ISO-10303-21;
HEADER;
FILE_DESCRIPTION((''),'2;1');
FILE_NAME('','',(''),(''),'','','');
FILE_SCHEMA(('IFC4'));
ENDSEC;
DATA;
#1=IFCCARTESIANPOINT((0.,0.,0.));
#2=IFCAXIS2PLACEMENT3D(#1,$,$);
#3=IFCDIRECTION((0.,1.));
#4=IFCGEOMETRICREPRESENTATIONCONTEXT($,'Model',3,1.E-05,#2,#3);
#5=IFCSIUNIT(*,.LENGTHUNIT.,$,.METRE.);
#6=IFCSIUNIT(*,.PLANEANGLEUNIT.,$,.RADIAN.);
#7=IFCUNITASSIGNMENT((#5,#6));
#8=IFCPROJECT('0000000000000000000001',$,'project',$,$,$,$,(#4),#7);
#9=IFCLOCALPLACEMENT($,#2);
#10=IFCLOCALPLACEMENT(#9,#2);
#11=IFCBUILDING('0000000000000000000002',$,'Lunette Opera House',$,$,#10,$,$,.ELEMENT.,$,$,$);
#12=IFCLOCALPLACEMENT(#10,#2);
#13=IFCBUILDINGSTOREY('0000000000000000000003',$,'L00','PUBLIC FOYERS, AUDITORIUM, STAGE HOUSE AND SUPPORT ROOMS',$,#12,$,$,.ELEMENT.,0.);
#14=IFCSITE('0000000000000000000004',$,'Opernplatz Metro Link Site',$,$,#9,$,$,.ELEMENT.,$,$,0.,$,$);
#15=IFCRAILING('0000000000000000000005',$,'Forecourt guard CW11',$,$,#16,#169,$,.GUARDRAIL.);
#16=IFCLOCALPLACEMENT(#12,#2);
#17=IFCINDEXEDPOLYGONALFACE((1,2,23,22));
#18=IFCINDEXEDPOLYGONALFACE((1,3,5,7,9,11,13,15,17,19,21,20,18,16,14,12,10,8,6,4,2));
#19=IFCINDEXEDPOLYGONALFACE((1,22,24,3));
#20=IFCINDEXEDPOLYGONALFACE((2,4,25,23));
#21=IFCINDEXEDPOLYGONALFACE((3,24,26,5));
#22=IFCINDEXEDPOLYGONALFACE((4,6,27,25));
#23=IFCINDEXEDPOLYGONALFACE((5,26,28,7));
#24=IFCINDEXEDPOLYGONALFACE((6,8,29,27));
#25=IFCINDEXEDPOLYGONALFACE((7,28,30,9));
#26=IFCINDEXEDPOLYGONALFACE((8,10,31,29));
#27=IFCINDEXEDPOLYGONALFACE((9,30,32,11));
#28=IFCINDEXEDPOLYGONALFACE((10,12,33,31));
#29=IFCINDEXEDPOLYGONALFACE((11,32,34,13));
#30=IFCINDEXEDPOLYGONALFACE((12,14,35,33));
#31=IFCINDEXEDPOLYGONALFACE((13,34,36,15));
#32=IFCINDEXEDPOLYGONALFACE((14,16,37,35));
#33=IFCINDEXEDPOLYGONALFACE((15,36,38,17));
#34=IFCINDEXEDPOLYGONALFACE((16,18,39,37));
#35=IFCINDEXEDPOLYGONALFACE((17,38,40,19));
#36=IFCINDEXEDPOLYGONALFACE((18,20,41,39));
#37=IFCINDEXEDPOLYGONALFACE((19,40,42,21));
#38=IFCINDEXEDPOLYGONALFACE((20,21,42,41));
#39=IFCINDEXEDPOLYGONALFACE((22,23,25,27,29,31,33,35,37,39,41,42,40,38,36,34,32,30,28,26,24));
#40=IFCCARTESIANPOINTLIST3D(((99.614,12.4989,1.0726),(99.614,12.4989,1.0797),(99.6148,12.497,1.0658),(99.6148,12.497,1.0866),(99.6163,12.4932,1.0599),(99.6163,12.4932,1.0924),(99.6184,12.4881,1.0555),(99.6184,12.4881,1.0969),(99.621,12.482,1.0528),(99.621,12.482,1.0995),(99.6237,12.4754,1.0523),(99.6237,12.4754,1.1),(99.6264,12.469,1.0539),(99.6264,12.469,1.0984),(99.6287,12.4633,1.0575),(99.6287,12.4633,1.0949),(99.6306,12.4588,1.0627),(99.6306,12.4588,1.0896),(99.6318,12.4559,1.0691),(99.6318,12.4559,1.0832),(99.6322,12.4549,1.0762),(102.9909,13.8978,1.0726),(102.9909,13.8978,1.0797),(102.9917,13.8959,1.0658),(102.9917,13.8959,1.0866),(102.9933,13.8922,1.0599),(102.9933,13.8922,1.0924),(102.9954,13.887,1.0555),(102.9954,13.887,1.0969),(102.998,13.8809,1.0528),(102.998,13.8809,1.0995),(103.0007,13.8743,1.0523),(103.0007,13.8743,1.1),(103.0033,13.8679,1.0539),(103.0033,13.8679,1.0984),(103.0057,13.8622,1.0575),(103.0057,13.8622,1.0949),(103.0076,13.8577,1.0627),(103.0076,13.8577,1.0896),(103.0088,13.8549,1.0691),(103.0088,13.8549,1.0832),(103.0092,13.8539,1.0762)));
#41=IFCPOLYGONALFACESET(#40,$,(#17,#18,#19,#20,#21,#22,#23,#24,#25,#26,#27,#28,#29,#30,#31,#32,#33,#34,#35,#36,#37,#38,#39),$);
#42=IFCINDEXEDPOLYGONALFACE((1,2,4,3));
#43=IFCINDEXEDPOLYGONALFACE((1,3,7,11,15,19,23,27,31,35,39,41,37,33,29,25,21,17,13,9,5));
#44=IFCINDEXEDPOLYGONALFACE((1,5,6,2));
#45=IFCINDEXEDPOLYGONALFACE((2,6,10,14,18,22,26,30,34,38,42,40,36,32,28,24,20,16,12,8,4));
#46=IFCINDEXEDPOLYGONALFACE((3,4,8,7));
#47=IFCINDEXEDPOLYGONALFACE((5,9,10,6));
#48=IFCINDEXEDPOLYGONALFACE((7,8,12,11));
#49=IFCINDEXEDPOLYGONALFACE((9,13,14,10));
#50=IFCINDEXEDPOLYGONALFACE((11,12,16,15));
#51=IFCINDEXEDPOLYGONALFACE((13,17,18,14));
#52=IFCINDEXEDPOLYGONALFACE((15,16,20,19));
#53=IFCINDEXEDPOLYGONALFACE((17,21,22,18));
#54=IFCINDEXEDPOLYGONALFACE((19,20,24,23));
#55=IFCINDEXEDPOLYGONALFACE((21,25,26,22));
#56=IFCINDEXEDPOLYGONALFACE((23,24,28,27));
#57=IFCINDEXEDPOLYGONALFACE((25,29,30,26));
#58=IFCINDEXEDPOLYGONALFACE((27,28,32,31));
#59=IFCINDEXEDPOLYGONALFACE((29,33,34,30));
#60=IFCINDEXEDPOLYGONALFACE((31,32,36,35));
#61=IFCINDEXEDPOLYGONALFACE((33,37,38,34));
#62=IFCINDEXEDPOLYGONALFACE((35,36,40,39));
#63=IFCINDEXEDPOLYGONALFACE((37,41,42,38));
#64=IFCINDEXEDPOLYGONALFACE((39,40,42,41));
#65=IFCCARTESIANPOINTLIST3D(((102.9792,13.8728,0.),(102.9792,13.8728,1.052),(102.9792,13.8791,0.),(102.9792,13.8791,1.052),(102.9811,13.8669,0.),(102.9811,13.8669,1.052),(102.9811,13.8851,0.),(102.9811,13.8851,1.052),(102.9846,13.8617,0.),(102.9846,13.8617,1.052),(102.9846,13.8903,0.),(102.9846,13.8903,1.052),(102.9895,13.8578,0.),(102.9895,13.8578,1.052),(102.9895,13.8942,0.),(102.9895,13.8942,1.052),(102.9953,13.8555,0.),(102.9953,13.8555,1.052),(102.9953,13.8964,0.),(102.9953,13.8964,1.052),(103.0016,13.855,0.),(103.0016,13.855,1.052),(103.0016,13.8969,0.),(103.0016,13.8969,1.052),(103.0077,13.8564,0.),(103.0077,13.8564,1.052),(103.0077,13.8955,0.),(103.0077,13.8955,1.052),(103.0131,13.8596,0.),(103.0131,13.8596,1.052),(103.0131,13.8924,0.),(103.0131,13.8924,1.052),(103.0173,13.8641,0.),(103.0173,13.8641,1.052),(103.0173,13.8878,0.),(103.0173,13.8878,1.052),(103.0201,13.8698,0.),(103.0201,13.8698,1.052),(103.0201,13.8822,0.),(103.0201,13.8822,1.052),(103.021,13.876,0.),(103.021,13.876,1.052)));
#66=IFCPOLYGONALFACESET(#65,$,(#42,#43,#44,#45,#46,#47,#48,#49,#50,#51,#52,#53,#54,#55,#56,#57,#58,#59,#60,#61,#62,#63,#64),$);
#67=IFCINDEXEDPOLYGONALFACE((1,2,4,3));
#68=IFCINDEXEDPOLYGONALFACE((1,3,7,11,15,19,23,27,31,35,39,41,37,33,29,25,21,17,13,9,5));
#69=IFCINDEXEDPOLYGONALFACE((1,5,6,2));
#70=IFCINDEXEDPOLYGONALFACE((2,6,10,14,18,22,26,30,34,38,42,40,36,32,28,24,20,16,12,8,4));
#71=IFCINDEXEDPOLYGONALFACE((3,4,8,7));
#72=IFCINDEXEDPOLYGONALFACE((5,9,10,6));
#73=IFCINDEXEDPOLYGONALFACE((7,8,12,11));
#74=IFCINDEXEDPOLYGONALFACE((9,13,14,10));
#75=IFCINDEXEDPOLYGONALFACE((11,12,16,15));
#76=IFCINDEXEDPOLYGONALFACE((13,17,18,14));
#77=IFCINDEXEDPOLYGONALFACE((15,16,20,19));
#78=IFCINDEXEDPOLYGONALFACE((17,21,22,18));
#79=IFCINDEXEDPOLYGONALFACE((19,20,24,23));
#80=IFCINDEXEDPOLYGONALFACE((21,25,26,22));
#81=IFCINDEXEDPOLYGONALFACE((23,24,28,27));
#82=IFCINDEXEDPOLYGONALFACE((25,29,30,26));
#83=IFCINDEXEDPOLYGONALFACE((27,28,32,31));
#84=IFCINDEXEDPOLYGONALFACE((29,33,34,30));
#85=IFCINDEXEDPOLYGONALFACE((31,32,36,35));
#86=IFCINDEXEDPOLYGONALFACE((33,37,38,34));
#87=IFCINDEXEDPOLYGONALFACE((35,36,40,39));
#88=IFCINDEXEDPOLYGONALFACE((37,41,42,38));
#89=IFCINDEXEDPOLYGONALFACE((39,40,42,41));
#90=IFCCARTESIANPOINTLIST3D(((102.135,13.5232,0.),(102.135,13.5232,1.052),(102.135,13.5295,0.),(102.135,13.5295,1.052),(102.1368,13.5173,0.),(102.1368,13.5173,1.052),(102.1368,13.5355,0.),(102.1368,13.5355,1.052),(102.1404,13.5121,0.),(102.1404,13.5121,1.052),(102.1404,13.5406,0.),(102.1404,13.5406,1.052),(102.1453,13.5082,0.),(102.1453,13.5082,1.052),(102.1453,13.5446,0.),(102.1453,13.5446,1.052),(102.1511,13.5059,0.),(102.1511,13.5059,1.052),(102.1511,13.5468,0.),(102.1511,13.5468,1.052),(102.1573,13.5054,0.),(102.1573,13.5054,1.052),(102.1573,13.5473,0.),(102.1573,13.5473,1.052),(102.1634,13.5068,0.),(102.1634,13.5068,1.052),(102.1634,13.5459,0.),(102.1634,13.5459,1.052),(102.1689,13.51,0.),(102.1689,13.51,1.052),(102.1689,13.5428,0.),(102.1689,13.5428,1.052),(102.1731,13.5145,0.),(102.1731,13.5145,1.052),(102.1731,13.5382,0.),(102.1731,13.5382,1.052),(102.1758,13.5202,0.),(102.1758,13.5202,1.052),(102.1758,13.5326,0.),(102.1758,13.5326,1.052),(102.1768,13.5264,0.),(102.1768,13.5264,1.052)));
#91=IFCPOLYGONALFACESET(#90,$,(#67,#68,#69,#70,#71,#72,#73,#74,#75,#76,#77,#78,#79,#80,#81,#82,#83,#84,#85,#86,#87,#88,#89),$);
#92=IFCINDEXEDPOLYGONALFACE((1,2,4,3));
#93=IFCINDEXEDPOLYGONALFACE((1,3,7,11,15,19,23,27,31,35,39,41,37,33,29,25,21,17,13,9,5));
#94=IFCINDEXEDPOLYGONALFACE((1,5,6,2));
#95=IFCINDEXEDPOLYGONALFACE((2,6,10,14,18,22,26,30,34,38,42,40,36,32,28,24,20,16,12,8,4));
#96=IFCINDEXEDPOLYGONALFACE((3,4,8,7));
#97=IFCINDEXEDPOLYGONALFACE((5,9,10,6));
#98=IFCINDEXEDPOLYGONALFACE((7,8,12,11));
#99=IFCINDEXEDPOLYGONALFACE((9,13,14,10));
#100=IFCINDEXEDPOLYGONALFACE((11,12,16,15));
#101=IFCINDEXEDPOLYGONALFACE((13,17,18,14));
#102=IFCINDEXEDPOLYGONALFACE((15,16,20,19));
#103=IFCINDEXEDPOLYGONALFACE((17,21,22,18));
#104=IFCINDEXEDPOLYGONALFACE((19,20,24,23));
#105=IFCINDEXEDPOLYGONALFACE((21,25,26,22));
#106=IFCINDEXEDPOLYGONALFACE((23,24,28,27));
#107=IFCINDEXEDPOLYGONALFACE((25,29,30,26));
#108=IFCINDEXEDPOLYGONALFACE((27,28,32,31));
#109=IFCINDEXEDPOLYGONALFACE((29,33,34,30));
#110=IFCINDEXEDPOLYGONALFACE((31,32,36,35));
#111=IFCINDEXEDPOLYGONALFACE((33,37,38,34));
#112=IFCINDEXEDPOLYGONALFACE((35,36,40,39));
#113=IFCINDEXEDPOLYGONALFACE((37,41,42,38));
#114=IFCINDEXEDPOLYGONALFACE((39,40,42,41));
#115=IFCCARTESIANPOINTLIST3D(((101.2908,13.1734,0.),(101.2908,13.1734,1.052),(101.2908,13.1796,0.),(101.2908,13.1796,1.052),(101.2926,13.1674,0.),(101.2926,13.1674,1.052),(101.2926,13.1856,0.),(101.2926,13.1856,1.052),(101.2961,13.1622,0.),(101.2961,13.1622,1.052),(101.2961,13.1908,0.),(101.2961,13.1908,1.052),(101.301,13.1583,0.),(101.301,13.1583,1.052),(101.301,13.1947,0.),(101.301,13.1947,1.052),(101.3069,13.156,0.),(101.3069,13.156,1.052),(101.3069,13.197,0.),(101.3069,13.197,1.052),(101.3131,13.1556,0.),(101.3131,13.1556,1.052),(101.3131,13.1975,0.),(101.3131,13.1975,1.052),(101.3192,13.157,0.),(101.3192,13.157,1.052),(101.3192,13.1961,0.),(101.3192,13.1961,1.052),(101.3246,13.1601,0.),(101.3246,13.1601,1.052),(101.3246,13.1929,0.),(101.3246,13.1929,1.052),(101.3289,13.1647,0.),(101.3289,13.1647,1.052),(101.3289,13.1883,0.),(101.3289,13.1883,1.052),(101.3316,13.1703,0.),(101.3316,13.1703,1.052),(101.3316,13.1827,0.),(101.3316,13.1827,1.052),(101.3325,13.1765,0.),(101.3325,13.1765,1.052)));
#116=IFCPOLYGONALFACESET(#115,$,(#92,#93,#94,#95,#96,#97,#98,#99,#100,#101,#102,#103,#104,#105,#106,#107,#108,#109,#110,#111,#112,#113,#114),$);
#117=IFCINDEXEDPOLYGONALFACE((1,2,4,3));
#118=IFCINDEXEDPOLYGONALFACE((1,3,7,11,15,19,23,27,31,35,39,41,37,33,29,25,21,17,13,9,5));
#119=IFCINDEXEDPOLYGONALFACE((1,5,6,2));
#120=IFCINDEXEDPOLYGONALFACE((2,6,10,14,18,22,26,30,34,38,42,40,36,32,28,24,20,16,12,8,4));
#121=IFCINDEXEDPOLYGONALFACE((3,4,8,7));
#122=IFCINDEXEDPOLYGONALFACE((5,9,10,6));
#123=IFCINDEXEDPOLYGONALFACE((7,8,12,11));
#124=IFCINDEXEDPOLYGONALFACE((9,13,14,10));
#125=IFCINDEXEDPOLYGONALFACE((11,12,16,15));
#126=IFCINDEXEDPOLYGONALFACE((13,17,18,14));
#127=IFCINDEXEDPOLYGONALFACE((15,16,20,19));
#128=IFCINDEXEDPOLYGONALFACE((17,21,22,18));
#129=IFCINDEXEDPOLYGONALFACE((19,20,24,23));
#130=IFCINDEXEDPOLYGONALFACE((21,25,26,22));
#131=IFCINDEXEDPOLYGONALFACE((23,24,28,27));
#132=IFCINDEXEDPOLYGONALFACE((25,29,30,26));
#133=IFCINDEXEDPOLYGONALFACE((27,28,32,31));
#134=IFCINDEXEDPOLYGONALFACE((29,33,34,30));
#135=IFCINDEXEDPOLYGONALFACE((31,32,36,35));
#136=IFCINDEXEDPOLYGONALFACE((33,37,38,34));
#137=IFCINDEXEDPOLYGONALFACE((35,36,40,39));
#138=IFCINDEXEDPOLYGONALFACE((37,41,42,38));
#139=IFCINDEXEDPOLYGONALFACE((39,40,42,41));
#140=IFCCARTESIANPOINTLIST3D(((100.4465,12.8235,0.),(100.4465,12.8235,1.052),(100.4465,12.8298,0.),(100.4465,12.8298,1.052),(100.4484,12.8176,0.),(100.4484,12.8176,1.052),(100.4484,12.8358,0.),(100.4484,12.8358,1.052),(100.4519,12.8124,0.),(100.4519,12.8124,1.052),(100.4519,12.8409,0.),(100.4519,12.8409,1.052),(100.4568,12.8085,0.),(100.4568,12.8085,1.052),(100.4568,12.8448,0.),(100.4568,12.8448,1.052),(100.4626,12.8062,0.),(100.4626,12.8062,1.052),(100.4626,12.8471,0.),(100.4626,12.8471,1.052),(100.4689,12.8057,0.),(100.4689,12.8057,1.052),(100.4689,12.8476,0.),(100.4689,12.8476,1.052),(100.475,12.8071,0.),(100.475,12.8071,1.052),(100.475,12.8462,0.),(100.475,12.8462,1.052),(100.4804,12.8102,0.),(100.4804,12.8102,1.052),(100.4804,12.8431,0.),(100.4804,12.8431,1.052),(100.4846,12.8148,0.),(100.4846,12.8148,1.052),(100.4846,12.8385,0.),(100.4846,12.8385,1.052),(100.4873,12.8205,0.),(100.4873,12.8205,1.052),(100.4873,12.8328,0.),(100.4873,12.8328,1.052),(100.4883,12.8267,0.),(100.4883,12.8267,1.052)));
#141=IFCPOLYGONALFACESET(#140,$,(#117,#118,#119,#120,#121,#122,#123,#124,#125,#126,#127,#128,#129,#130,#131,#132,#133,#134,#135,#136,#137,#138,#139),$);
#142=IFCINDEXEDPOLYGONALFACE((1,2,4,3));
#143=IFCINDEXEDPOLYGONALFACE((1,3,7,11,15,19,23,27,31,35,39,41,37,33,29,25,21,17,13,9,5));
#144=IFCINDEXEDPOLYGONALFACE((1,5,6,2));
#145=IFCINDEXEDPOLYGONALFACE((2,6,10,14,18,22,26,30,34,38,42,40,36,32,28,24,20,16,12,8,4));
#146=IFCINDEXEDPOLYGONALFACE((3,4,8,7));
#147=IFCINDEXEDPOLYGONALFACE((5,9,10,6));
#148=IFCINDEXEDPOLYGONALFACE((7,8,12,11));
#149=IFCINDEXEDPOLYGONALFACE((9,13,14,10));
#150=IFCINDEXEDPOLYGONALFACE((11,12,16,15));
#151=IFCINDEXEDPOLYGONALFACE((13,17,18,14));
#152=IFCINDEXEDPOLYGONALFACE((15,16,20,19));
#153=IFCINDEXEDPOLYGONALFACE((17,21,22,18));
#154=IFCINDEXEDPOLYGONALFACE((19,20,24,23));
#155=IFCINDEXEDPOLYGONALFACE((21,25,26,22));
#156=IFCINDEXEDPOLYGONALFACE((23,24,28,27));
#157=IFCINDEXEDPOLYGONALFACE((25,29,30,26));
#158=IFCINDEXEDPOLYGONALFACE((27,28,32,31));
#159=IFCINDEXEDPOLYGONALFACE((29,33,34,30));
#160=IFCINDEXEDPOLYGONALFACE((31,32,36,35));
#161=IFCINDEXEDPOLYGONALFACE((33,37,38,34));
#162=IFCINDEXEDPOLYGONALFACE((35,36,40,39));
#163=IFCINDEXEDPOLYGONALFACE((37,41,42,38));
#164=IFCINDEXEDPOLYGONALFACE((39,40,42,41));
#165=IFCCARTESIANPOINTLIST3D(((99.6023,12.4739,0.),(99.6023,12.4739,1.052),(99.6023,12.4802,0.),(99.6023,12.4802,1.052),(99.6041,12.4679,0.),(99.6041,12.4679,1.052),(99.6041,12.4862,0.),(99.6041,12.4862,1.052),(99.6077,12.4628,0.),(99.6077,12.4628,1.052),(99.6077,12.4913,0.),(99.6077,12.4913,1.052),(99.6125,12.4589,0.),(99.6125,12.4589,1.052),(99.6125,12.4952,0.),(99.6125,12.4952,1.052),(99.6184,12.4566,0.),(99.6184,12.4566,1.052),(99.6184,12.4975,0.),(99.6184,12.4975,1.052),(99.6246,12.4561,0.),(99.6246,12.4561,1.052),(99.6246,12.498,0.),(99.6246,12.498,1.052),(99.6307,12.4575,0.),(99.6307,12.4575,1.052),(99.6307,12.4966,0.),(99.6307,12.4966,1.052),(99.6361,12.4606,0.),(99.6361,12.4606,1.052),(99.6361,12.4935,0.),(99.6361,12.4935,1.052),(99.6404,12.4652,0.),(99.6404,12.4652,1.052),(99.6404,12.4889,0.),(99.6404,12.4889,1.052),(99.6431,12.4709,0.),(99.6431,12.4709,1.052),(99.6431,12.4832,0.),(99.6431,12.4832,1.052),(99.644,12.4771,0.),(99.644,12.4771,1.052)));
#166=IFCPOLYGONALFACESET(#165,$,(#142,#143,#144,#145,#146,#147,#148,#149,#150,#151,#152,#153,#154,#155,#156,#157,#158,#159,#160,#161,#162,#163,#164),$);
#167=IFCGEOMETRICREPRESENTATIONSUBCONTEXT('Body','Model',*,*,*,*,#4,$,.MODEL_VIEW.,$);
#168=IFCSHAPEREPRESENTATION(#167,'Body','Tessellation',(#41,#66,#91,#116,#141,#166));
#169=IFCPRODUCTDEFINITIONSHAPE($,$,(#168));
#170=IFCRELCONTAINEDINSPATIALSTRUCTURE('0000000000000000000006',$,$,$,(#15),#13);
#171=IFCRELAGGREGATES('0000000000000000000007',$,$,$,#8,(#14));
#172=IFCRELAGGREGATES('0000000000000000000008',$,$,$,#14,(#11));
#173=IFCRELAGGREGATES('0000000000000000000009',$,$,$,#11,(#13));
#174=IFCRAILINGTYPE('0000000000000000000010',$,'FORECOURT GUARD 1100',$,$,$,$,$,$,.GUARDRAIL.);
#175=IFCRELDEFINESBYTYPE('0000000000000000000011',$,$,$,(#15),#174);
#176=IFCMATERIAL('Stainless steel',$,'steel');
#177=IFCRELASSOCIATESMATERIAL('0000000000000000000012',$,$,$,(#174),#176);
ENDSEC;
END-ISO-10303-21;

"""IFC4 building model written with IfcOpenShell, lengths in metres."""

from ifc_helpers import new_model, si_unit, direction, frame, origin, origin_2d, place, context, subcontext, project, spatial, circle, extrude, material, type_object, element, save


model = new_model("IFC4")

# Units and contexts
model_context = context("Model", 3, precision=1e-05, world=origin(), true_north=direction((0.0, 1.0)))
body_context = subcontext(model_context, "Body", "Model", "MODEL_VIEW")
ifc_project = project(units=[si_unit("LENGTHUNIT", "METRE"), si_unit("PLANEANGLEUNIT", "RADIAN")], contexts=[model_context])

# Site, building, storey
site_placement = place(None, origin())
site = spatial("IfcSite", under=ifc_project, at=site_placement, Name="Opernplatz Metro Link Site", CompositionType="ELEMENT", RefElevation=0.0)
building_placement = place(site_placement, origin())
building = spatial("IfcBuilding", under=site, at=building_placement, Name="Lunette Opera House", CompositionType="ELEMENT")
storey_placement = place(building_placement, origin())
storey = spatial("IfcBuildingStorey", under=building, at=storey_placement, Name="L00", Description="PUBLIC FOYERS, AUDITORIUM, STAGE HOUSE AND SUPPORT ROOMS", CompositionType="ELEMENT", Elevation=0.0)

# Railing
ifc_material_1 = material(Name="Stainless steel", Category="steel")
railing_type = type_object("IfcRailingType", Name="FORECOURT GUARD 1100", PredefinedType="GUARDRAIL", material=ifc_material_1)
railing_1_placement = place(storey_placement, frame((103.0, 13.876, 0.0)))
element("IfcRailing", 1, at=railing_1_placement, inside=storey, type_object=railing_type, Name="Forecourt guard CW11", PredefinedType="GUARDRAIL", context=body_context, shape_type="SweptSolid", body=[
    extrude(circle(Radius=0.0239, at=origin_2d()), frame((0.0, 0.0, 1.0762), z_axis=(-0.923865, -0.382718, 0.0), x_axis=(0.382718, -0.923865, 0.0)), (0.0, 0.0, 1.0), 3.6553),
    extrude(circle(Radius=0.021, at=origin_2d()), origin(), (0.0, 0.0, 1.0), 1.052),
    extrude(circle(Radius=0.021, at=origin_2d()), frame((-0.8442, -0.3496, 0.0)), (0.0, 0.0, 1.0), 1.052),
    extrude(circle(Radius=0.021, at=origin_2d()), frame((-1.6885, -0.6995, 0.0)), (0.0, 0.0, 1.0), 1.052),
    extrude(circle(Radius=0.021, at=origin_2d()), frame((-2.5327, -1.0493, 0.0)), (0.0, 0.0, 1.0), 1.052),
    extrude(circle(Radius=0.021, at=origin_2d()), frame((-3.377, -1.3989, 0.0)), (0.0, 0.0, 1.0), 1.052),
])

save(model, "model.ifc")
